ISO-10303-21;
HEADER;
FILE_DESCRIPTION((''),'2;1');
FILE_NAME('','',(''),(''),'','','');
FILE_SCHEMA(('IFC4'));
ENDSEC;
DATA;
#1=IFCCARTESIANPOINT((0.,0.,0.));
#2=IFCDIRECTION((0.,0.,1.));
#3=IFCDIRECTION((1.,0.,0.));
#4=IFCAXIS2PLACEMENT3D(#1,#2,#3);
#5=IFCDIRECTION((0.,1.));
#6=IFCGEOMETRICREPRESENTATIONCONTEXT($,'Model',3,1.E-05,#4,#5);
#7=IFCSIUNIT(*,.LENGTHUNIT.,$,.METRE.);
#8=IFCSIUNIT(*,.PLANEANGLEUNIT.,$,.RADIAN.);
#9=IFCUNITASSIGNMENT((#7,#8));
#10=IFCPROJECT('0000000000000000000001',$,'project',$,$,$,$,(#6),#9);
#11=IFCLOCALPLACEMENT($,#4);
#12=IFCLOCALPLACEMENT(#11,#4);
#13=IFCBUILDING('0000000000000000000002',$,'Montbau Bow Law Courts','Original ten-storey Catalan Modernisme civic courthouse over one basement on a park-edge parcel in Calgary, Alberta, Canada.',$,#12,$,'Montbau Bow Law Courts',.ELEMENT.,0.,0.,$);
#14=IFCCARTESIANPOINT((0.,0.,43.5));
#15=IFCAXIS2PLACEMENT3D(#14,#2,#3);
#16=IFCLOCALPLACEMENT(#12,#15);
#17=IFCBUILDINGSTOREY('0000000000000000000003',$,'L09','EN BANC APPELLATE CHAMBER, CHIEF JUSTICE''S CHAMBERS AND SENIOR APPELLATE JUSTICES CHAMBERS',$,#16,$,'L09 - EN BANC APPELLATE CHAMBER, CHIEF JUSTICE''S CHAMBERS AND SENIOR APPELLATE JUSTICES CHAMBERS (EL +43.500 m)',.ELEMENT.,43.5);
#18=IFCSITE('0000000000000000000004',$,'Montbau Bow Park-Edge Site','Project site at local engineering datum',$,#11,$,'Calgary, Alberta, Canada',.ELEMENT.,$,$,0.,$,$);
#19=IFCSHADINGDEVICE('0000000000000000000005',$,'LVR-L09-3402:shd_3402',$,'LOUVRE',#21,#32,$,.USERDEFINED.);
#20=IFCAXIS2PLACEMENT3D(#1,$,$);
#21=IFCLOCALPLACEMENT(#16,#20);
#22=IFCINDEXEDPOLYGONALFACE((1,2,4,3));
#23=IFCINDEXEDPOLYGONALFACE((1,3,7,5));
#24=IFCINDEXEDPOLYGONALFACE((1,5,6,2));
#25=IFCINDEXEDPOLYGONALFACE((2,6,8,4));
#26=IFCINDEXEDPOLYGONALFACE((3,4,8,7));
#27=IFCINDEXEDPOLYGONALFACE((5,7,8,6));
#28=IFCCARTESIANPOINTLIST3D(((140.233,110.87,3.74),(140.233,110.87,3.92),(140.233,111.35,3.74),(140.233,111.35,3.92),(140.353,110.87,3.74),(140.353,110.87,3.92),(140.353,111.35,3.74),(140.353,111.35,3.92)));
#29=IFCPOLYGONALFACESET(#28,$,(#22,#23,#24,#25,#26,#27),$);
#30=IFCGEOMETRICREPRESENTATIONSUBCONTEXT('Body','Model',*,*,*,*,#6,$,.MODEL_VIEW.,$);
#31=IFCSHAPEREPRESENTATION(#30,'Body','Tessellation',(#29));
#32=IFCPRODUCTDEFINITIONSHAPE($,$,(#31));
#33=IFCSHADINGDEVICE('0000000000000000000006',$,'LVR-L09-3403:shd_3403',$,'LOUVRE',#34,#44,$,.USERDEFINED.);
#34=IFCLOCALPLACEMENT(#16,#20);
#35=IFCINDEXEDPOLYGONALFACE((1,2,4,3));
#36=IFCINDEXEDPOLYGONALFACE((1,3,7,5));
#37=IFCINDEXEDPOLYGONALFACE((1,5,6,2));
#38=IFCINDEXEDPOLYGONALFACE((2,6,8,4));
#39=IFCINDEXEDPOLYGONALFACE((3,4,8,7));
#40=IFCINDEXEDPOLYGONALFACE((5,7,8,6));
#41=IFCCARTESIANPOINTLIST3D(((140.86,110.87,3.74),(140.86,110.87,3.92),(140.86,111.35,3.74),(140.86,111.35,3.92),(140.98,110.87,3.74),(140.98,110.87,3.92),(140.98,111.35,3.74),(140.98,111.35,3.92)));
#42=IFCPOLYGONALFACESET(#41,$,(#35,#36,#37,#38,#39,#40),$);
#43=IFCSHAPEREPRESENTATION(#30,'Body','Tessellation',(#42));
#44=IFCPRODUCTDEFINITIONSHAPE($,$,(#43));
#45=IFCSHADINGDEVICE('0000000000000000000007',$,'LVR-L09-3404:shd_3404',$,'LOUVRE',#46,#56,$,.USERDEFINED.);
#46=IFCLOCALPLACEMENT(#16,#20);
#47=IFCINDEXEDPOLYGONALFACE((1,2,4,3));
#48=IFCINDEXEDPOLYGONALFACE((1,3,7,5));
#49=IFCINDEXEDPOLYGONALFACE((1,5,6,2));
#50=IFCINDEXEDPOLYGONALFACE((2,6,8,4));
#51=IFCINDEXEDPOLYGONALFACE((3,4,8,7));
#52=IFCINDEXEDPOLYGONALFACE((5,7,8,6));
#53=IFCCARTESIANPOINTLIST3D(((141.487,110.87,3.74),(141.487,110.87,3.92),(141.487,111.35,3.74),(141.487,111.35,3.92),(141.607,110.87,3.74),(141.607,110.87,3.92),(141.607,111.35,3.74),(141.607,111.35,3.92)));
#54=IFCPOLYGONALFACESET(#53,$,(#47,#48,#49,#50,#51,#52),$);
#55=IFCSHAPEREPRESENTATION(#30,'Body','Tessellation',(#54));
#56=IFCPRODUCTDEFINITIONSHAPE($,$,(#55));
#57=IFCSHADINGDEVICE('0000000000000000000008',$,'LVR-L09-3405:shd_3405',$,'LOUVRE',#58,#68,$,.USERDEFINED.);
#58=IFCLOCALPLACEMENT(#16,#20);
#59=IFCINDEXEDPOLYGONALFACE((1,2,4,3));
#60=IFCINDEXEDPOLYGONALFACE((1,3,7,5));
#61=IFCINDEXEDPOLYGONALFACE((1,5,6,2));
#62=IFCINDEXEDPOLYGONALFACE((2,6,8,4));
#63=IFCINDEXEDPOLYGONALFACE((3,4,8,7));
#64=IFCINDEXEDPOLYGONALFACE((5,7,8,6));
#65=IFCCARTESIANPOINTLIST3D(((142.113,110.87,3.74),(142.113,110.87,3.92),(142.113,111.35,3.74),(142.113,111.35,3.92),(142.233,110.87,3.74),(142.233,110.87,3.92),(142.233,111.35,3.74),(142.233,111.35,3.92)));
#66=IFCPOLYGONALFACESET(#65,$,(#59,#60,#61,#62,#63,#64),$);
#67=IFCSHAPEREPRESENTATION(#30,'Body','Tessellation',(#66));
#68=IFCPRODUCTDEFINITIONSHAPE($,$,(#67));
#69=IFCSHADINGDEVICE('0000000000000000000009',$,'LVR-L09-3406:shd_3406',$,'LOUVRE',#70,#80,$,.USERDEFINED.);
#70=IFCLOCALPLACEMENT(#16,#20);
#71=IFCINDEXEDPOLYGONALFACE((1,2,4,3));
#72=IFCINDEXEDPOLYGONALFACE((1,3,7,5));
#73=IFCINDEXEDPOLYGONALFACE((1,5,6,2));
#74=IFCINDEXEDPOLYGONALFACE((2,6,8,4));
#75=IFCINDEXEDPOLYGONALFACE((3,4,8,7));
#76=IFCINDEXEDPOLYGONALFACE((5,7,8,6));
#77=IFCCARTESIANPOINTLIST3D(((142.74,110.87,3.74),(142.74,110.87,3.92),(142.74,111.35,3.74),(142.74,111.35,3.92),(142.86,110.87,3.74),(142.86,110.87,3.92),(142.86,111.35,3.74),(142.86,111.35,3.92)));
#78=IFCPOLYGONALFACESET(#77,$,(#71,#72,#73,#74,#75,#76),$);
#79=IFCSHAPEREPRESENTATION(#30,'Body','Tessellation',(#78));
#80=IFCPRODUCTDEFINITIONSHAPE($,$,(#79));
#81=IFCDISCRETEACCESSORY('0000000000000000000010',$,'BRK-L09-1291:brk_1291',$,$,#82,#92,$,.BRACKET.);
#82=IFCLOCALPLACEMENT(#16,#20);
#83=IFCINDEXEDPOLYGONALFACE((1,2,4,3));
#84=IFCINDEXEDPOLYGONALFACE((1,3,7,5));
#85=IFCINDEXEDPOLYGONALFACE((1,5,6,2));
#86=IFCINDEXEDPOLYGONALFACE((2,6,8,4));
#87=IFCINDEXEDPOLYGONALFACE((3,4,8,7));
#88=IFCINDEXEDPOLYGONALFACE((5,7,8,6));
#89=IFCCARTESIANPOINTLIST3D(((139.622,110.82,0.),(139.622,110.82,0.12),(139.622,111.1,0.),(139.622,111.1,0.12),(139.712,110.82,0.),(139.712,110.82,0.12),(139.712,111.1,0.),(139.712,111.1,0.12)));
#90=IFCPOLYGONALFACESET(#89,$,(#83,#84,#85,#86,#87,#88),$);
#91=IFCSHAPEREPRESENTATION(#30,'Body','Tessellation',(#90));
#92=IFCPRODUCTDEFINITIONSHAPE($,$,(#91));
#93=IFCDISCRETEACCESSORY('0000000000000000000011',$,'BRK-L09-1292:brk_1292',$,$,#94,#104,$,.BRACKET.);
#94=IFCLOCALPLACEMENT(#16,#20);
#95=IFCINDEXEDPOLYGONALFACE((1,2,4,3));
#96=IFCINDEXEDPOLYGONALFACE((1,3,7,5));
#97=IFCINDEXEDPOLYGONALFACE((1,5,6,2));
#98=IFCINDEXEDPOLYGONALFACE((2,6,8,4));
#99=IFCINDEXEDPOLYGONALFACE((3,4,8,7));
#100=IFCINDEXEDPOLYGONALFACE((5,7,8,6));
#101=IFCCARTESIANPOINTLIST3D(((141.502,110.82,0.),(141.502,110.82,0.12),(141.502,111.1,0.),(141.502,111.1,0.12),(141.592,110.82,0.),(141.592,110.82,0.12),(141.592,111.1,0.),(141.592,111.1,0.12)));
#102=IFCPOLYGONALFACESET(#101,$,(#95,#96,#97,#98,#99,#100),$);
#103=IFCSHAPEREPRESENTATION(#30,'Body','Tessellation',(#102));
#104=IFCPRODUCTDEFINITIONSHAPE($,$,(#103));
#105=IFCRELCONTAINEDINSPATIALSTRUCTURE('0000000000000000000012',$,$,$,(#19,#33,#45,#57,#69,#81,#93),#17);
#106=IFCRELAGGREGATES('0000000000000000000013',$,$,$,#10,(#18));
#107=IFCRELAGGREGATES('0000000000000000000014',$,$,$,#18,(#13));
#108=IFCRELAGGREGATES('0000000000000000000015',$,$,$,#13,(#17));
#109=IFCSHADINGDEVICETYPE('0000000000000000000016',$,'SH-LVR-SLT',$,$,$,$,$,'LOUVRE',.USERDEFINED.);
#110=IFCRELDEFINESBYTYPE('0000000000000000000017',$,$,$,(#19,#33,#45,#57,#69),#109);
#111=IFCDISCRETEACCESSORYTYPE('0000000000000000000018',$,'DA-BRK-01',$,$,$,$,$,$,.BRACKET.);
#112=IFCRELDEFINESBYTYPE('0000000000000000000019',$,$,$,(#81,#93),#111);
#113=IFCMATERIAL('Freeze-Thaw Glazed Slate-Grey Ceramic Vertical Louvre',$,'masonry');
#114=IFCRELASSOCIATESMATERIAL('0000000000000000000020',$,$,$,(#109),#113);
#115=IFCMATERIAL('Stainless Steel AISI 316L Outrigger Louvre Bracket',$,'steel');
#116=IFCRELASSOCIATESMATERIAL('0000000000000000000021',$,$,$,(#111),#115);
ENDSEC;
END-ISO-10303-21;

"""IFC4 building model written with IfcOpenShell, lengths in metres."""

from ifc_helpers import new_model, si_unit, direction, frame, origin_with_axes, origin_2d_with_axis, place, context, subcontext, project, spatial, rectangle, extrude, material, type_object, element, save


model = new_model("IFC4")

# Units and contexts
model_context = context("Model", 3, precision=1e-05, world=origin_with_axes(), true_north=direction((0.0, 1.0)))
body_context = subcontext(model_context, "Body", "Model", "MODEL_VIEW")
ifc_project = project(units=[si_unit("LENGTHUNIT", "METRE"), si_unit("PLANEANGLEUNIT", "RADIAN")], contexts=[model_context])

# Site, building, storey
site_placement = place(None, origin_with_axes())
site = spatial("IfcSite", under=ifc_project, at=site_placement, Name="Montbau Bow Park-Edge Site", Description="Project site at local engineering datum", LongName="Calgary, Alberta, Canada", CompositionType="ELEMENT", RefElevation=0.0)
building_placement = place(site_placement, origin_with_axes())
building = spatial("IfcBuilding", under=site, at=building_placement, Name="Montbau Bow Law Courts", Description="Original ten-storey Catalan Modernisme civic courthouse over one basement on a park-edge parcel in Calgary, Alberta, Canada.", LongName="Montbau Bow Law Courts", CompositionType="ELEMENT", ElevationOfRefHeight=0.0, ElevationOfTerrain=0.0)
storey_placement = place(building_placement, frame((0.0, 0.0, 43.5), z_axis=(0.0, 0.0, 1.0), x_axis=(1.0, 0.0, 0.0)))
storey = spatial("IfcBuildingStorey", under=building, at=storey_placement, Name="L09", Description="EN BANC APPELLATE CHAMBER, CHIEF JUSTICE'S CHAMBERS AND SENIOR APPELLATE JUSTICES CHAMBERS", LongName="L09 - EN BANC APPELLATE CHAMBER, CHIEF JUSTICE'S CHAMBERS AND SENIOR APPELLATE JUSTICES CHAMBERS (EL +43.500 m)", CompositionType="ELEMENT", Elevation=43.5)

# Shared definitions
ifc_material_1 = material(Name="Freeze-Thaw Glazed Slate-Grey Ceramic Vertical Louvre", Category="masonry")

# Shading devices
shading_device_type = type_object("IfcShadingDeviceType", Name="SH-LVR-SLT", ElementType="LOUVRE", PredefinedType="USERDEFINED", material=ifc_material_1)
for number, where, z_axis, x_axis, name in (
    (1, (140.293, 111.11, 47.24), (0.0, 0.0, 1.0), (0.0, 1.0, 0.0), "LVR-L09-3402:shd_3402"),
    (2, (140.92, 111.11, 47.24), (0.0, 0.0, 1.0), (0.0, 1.0, 0.0), "LVR-L09-3403:shd_3403"),
    (3, (141.547, 111.11, 47.24), (0.0, 0.0, 1.0), (0.0, 1.0, 0.0), "LVR-L09-3404:shd_3404"),
    (4, (142.173, 111.11, 47.24), (0.0, 0.0, 1.0), (0.0, 1.0, 0.0), "LVR-L09-3405:shd_3405"),
    (5, (142.8, 111.11, 47.24), (0.0, 0.0, 1.0), (0.0, 1.0, 0.0), "LVR-L09-3406:shd_3406"),
):
    element("IfcShadingDevice", number, at=place(None, frame(where, z_axis=z_axis, x_axis=x_axis)), inside=storey, type_object=shading_device_type, Name=name, ObjectType="LOUVRE", PredefinedType="USERDEFINED", context=body_context, shape_type="SweptSolid", body=[
        extrude(rectangle(XDim=0.48, YDim=0.12, at=origin_2d_with_axis()), origin_with_axes(), (0.0, 0.0, 1.0), 0.18),
    ])

# Discrete accessories
ifc_material_2 = material(Name="Stainless Steel AISI 316L Outrigger Louvre Bracket", Category="steel")
discrete_accessory_type = type_object("IfcDiscreteAccessoryType", Name="DA-BRK-01", PredefinedType="BRACKET", material=ifc_material_2)
for number, where, z_axis, x_axis, name in (
    (6, (139.667, 110.96, 43.5), (0.0, 0.0, 1.0), (0.0, 1.0, 0.0), "BRK-L09-1291:brk_1291"),
    (7, (141.547, 110.96, 43.5), (0.0, 0.0, 1.0), (0.0, 1.0, 0.0), "BRK-L09-1292:brk_1292"),
):
    element("IfcDiscreteAccessory", number, at=place(None, frame(where, z_axis=z_axis, x_axis=x_axis)), inside=storey, type_object=discrete_accessory_type, Name=name, PredefinedType="BRACKET", context=body_context, shape_type="SweptSolid", body=[
        extrude(rectangle(XDim=0.28, YDim=0.09, at=origin_2d_with_axis()), origin_with_axes(), (0.0, 0.0, 1.0), 0.12),
    ])

save(model, "model.ifc")
